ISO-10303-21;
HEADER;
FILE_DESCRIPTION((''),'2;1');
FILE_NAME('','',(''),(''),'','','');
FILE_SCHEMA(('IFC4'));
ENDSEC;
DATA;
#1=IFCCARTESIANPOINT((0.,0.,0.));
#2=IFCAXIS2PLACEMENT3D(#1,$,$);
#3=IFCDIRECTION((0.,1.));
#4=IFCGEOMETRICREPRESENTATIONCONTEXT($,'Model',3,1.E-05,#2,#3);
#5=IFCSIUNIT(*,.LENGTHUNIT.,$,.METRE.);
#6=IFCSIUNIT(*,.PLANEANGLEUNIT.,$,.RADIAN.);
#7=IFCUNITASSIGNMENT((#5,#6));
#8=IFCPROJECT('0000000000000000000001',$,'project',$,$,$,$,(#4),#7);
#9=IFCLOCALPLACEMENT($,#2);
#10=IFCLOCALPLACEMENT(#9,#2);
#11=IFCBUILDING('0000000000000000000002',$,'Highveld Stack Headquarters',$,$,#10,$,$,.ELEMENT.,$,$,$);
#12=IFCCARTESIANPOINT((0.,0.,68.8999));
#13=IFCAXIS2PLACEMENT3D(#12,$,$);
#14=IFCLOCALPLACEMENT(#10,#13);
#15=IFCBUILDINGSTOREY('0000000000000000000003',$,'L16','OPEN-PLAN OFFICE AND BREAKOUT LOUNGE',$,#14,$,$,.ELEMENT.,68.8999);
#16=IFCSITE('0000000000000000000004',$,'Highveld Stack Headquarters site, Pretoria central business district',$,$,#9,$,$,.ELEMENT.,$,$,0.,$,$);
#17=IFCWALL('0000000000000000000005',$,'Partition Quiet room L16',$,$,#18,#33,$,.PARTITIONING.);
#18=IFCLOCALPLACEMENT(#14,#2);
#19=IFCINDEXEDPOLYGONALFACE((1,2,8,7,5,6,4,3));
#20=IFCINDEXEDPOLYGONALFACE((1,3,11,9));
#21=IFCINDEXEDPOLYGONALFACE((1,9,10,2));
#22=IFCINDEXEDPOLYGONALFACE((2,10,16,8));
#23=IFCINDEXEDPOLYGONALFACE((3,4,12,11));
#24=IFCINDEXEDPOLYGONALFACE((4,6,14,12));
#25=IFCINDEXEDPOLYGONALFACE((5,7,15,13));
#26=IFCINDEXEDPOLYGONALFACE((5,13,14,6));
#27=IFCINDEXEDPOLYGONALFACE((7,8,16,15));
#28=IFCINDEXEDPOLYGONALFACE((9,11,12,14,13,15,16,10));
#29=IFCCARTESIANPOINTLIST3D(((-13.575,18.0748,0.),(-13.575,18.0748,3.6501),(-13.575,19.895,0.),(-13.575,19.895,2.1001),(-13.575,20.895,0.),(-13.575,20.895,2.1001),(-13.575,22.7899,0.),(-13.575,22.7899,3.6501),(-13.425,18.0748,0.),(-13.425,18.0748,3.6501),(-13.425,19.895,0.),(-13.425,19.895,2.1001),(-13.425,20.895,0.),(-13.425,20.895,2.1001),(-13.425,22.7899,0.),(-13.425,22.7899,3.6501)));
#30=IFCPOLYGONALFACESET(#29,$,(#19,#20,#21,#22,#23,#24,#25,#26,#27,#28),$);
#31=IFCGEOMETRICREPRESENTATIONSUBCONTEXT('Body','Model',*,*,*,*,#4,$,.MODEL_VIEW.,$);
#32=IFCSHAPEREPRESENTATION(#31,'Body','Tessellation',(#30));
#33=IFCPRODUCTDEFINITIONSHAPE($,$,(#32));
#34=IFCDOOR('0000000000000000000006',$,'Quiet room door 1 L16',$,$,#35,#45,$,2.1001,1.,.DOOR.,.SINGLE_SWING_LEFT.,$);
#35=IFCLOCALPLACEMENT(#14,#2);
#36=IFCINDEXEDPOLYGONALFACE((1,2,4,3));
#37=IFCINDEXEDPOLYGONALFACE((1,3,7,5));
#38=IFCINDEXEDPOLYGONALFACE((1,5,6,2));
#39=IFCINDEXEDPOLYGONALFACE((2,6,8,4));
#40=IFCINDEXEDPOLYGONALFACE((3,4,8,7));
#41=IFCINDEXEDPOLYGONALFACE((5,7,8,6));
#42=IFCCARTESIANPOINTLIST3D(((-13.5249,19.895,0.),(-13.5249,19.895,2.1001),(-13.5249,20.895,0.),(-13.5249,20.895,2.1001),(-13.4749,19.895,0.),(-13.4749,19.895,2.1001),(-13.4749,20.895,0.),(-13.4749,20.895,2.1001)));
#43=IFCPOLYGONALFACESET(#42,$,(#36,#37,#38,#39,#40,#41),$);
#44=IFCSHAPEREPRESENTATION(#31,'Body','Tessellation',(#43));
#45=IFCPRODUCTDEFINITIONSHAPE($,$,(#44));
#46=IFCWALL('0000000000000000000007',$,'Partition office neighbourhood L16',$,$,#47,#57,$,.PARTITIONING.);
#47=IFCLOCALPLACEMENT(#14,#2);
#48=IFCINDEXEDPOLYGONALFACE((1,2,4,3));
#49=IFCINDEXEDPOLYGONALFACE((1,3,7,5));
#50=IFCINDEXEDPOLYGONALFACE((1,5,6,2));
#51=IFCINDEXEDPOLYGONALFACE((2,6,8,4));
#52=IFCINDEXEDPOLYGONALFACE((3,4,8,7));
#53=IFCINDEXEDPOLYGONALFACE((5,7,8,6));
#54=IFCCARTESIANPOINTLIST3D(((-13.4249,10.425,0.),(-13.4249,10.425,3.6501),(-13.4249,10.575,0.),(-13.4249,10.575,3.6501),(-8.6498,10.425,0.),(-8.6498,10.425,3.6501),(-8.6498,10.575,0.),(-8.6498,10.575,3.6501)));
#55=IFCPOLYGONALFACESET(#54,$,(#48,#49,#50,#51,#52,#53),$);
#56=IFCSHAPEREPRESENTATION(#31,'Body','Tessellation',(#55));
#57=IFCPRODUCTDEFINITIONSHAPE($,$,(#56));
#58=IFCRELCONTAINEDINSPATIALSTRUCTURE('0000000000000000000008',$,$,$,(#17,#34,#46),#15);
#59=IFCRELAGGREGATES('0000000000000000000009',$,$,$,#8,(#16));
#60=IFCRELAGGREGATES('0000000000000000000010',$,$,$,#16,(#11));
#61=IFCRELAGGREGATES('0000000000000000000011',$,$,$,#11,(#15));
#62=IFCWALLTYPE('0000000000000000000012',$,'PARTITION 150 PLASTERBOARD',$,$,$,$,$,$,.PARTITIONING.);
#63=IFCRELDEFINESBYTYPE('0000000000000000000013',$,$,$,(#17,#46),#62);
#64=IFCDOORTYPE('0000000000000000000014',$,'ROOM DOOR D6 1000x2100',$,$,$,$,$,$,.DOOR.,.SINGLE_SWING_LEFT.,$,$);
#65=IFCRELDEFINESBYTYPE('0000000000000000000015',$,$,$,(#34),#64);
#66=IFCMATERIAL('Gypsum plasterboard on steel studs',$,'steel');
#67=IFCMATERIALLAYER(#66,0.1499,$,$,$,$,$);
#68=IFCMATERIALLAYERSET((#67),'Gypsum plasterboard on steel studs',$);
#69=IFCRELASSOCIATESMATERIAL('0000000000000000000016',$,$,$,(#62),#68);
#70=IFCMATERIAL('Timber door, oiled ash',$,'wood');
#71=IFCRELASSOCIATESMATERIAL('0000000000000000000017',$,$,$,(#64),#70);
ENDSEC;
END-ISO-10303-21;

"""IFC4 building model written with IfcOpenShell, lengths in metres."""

from ifc_helpers import new_model, si_unit, direction, frame, frame_2d, origin, place, context, subcontext, project, spatial, rectangle, extrude, material, layer, layer_set, type_object, element, fill, save


model = new_model("IFC4")

# Units and contexts
model_context = context("Model", 3, precision=1e-05, world=origin(), true_north=direction((0.0, 1.0)))
body_context = subcontext(model_context, "Body", "Model", "MODEL_VIEW")
ifc_project = project(units=[si_unit("LENGTHUNIT", "METRE"), si_unit("PLANEANGLEUNIT", "RADIAN")], contexts=[model_context])

# Site, building, storey
site_placement = place(None, origin())
site = spatial("IfcSite", under=ifc_project, at=site_placement, Name="Highveld Stack Headquarters site, Pretoria central business district", CompositionType="ELEMENT", RefElevation=0.0)
building_placement = place(site_placement, origin())
building = spatial("IfcBuilding", under=site, at=building_placement, Name="Highveld Stack Headquarters", CompositionType="ELEMENT")
storey_placement = place(building_placement, frame((0.0, 0.0, 68.8999)))
storey = spatial("IfcBuildingStorey", under=building, at=storey_placement, Name="L16", Description="OPEN-PLAN OFFICE AND BREAKOUT LOUNGE", CompositionType="ELEMENT", Elevation=68.8999)

# Shared definitions
ifc_material_1 = material(Name="Gypsum plasterboard on steel studs", Category="steel")
ifc_layer_1 = layer(ifc_material_1, 0.1499)
ifc_layer_set_1 = layer_set([ifc_layer_1], Name="Gypsum plasterboard on steel studs")
wall_type = type_object("IfcWallType", Name="PARTITION 150 PLASTERBOARD", PredefinedType="PARTITIONING", material=ifc_layer_set_1)

# Wall, opening, door
ifc_material_2 = material(Name="Timber door, oiled ash", Category="wood")
door_type = type_object("IfcDoorType", Name="ROOM DOOR D6 1000x2100", OperationType="SINGLE_SWING_LEFT", PredefinedType="DOOR", material=ifc_material_2)
wall_1_placement = place(storey_placement, frame((-13.5, 18.075, 0.0), z_axis=(0.0, 0.0, 1.0), x_axis=(0.0, 1.0, 0.0)))
wall_1 = element("IfcWall", 1, at=wall_1_placement, inside=storey, type_object=wall_type, Name="Partition Quiet room L16", PredefinedType="PARTITIONING", context=body_context, shape_type="SweptSolid", body=[
    extrude(rectangle(XDim=4.7151, YDim=0.1499, at=frame_2d((2.3574, 0.0))), origin(), (0.0, 0.0, 1.0), 3.6501),
])
opening_1_placement = place(wall_1_placement, frame((1.8201, 0.0, 0.0)))
opening_1 = element("IfcOpeningElement", 2, at=opening_1_placement, cuts=wall_1, PredefinedType="OPENING", context=body_context, shape_type="SweptSolid", body=[
    extrude(rectangle(XDim=1.0, YDim=2.1001, at=frame_2d((0.5, 1.05))), frame((0.0, 0.085, 0.0), z_axis=(0.0, -1.0, 0.0), x_axis=(1.0, 0.0, 0.0)), (0.0, 0.0, 1.0), 0.1699),
])
door_1_placement = place(opening_1_placement, origin())
door_1 = element("IfcDoor", 3, at=door_1_placement, inside=storey, type_object=door_type, Name="Quiet room door 1 L16", OperationType="SINGLE_SWING_LEFT", OverallHeight=2.1001, OverallWidth=1.0, PredefinedType="DOOR", context=body_context, shape_type="SweptSolid", body=[
    extrude(rectangle(XDim=1.0, YDim=2.1001, at=frame_2d((0.5, 1.05))), frame((0.0, 0.0249, 0.0), z_axis=(0.0, -1.0, 0.0), x_axis=(1.0, 0.0, 0.0)), (0.0, 0.0, 1.0), 0.05),
])
fill(opening_1, door_1)

# Wall
wall_2_placement = place(storey_placement, frame((-13.425, 10.5, 0.0), z_axis=(0.0, 0.0, 1.0), x_axis=(1.0, 0.0, 0.0)))
element("IfcWall", 4, at=wall_2_placement, inside=storey, type_object=wall_type, Name="Partition office neighbourhood L16", PredefinedType="PARTITIONING", context=body_context, shape_type="SweptSolid", body=[
    extrude(rectangle(XDim=4.7751, YDim=0.1499, at=frame_2d((2.3877, 0.0))), origin(), (0.0, 0.0, 1.0), 3.6501),
])

save(model, "model.ifc")
